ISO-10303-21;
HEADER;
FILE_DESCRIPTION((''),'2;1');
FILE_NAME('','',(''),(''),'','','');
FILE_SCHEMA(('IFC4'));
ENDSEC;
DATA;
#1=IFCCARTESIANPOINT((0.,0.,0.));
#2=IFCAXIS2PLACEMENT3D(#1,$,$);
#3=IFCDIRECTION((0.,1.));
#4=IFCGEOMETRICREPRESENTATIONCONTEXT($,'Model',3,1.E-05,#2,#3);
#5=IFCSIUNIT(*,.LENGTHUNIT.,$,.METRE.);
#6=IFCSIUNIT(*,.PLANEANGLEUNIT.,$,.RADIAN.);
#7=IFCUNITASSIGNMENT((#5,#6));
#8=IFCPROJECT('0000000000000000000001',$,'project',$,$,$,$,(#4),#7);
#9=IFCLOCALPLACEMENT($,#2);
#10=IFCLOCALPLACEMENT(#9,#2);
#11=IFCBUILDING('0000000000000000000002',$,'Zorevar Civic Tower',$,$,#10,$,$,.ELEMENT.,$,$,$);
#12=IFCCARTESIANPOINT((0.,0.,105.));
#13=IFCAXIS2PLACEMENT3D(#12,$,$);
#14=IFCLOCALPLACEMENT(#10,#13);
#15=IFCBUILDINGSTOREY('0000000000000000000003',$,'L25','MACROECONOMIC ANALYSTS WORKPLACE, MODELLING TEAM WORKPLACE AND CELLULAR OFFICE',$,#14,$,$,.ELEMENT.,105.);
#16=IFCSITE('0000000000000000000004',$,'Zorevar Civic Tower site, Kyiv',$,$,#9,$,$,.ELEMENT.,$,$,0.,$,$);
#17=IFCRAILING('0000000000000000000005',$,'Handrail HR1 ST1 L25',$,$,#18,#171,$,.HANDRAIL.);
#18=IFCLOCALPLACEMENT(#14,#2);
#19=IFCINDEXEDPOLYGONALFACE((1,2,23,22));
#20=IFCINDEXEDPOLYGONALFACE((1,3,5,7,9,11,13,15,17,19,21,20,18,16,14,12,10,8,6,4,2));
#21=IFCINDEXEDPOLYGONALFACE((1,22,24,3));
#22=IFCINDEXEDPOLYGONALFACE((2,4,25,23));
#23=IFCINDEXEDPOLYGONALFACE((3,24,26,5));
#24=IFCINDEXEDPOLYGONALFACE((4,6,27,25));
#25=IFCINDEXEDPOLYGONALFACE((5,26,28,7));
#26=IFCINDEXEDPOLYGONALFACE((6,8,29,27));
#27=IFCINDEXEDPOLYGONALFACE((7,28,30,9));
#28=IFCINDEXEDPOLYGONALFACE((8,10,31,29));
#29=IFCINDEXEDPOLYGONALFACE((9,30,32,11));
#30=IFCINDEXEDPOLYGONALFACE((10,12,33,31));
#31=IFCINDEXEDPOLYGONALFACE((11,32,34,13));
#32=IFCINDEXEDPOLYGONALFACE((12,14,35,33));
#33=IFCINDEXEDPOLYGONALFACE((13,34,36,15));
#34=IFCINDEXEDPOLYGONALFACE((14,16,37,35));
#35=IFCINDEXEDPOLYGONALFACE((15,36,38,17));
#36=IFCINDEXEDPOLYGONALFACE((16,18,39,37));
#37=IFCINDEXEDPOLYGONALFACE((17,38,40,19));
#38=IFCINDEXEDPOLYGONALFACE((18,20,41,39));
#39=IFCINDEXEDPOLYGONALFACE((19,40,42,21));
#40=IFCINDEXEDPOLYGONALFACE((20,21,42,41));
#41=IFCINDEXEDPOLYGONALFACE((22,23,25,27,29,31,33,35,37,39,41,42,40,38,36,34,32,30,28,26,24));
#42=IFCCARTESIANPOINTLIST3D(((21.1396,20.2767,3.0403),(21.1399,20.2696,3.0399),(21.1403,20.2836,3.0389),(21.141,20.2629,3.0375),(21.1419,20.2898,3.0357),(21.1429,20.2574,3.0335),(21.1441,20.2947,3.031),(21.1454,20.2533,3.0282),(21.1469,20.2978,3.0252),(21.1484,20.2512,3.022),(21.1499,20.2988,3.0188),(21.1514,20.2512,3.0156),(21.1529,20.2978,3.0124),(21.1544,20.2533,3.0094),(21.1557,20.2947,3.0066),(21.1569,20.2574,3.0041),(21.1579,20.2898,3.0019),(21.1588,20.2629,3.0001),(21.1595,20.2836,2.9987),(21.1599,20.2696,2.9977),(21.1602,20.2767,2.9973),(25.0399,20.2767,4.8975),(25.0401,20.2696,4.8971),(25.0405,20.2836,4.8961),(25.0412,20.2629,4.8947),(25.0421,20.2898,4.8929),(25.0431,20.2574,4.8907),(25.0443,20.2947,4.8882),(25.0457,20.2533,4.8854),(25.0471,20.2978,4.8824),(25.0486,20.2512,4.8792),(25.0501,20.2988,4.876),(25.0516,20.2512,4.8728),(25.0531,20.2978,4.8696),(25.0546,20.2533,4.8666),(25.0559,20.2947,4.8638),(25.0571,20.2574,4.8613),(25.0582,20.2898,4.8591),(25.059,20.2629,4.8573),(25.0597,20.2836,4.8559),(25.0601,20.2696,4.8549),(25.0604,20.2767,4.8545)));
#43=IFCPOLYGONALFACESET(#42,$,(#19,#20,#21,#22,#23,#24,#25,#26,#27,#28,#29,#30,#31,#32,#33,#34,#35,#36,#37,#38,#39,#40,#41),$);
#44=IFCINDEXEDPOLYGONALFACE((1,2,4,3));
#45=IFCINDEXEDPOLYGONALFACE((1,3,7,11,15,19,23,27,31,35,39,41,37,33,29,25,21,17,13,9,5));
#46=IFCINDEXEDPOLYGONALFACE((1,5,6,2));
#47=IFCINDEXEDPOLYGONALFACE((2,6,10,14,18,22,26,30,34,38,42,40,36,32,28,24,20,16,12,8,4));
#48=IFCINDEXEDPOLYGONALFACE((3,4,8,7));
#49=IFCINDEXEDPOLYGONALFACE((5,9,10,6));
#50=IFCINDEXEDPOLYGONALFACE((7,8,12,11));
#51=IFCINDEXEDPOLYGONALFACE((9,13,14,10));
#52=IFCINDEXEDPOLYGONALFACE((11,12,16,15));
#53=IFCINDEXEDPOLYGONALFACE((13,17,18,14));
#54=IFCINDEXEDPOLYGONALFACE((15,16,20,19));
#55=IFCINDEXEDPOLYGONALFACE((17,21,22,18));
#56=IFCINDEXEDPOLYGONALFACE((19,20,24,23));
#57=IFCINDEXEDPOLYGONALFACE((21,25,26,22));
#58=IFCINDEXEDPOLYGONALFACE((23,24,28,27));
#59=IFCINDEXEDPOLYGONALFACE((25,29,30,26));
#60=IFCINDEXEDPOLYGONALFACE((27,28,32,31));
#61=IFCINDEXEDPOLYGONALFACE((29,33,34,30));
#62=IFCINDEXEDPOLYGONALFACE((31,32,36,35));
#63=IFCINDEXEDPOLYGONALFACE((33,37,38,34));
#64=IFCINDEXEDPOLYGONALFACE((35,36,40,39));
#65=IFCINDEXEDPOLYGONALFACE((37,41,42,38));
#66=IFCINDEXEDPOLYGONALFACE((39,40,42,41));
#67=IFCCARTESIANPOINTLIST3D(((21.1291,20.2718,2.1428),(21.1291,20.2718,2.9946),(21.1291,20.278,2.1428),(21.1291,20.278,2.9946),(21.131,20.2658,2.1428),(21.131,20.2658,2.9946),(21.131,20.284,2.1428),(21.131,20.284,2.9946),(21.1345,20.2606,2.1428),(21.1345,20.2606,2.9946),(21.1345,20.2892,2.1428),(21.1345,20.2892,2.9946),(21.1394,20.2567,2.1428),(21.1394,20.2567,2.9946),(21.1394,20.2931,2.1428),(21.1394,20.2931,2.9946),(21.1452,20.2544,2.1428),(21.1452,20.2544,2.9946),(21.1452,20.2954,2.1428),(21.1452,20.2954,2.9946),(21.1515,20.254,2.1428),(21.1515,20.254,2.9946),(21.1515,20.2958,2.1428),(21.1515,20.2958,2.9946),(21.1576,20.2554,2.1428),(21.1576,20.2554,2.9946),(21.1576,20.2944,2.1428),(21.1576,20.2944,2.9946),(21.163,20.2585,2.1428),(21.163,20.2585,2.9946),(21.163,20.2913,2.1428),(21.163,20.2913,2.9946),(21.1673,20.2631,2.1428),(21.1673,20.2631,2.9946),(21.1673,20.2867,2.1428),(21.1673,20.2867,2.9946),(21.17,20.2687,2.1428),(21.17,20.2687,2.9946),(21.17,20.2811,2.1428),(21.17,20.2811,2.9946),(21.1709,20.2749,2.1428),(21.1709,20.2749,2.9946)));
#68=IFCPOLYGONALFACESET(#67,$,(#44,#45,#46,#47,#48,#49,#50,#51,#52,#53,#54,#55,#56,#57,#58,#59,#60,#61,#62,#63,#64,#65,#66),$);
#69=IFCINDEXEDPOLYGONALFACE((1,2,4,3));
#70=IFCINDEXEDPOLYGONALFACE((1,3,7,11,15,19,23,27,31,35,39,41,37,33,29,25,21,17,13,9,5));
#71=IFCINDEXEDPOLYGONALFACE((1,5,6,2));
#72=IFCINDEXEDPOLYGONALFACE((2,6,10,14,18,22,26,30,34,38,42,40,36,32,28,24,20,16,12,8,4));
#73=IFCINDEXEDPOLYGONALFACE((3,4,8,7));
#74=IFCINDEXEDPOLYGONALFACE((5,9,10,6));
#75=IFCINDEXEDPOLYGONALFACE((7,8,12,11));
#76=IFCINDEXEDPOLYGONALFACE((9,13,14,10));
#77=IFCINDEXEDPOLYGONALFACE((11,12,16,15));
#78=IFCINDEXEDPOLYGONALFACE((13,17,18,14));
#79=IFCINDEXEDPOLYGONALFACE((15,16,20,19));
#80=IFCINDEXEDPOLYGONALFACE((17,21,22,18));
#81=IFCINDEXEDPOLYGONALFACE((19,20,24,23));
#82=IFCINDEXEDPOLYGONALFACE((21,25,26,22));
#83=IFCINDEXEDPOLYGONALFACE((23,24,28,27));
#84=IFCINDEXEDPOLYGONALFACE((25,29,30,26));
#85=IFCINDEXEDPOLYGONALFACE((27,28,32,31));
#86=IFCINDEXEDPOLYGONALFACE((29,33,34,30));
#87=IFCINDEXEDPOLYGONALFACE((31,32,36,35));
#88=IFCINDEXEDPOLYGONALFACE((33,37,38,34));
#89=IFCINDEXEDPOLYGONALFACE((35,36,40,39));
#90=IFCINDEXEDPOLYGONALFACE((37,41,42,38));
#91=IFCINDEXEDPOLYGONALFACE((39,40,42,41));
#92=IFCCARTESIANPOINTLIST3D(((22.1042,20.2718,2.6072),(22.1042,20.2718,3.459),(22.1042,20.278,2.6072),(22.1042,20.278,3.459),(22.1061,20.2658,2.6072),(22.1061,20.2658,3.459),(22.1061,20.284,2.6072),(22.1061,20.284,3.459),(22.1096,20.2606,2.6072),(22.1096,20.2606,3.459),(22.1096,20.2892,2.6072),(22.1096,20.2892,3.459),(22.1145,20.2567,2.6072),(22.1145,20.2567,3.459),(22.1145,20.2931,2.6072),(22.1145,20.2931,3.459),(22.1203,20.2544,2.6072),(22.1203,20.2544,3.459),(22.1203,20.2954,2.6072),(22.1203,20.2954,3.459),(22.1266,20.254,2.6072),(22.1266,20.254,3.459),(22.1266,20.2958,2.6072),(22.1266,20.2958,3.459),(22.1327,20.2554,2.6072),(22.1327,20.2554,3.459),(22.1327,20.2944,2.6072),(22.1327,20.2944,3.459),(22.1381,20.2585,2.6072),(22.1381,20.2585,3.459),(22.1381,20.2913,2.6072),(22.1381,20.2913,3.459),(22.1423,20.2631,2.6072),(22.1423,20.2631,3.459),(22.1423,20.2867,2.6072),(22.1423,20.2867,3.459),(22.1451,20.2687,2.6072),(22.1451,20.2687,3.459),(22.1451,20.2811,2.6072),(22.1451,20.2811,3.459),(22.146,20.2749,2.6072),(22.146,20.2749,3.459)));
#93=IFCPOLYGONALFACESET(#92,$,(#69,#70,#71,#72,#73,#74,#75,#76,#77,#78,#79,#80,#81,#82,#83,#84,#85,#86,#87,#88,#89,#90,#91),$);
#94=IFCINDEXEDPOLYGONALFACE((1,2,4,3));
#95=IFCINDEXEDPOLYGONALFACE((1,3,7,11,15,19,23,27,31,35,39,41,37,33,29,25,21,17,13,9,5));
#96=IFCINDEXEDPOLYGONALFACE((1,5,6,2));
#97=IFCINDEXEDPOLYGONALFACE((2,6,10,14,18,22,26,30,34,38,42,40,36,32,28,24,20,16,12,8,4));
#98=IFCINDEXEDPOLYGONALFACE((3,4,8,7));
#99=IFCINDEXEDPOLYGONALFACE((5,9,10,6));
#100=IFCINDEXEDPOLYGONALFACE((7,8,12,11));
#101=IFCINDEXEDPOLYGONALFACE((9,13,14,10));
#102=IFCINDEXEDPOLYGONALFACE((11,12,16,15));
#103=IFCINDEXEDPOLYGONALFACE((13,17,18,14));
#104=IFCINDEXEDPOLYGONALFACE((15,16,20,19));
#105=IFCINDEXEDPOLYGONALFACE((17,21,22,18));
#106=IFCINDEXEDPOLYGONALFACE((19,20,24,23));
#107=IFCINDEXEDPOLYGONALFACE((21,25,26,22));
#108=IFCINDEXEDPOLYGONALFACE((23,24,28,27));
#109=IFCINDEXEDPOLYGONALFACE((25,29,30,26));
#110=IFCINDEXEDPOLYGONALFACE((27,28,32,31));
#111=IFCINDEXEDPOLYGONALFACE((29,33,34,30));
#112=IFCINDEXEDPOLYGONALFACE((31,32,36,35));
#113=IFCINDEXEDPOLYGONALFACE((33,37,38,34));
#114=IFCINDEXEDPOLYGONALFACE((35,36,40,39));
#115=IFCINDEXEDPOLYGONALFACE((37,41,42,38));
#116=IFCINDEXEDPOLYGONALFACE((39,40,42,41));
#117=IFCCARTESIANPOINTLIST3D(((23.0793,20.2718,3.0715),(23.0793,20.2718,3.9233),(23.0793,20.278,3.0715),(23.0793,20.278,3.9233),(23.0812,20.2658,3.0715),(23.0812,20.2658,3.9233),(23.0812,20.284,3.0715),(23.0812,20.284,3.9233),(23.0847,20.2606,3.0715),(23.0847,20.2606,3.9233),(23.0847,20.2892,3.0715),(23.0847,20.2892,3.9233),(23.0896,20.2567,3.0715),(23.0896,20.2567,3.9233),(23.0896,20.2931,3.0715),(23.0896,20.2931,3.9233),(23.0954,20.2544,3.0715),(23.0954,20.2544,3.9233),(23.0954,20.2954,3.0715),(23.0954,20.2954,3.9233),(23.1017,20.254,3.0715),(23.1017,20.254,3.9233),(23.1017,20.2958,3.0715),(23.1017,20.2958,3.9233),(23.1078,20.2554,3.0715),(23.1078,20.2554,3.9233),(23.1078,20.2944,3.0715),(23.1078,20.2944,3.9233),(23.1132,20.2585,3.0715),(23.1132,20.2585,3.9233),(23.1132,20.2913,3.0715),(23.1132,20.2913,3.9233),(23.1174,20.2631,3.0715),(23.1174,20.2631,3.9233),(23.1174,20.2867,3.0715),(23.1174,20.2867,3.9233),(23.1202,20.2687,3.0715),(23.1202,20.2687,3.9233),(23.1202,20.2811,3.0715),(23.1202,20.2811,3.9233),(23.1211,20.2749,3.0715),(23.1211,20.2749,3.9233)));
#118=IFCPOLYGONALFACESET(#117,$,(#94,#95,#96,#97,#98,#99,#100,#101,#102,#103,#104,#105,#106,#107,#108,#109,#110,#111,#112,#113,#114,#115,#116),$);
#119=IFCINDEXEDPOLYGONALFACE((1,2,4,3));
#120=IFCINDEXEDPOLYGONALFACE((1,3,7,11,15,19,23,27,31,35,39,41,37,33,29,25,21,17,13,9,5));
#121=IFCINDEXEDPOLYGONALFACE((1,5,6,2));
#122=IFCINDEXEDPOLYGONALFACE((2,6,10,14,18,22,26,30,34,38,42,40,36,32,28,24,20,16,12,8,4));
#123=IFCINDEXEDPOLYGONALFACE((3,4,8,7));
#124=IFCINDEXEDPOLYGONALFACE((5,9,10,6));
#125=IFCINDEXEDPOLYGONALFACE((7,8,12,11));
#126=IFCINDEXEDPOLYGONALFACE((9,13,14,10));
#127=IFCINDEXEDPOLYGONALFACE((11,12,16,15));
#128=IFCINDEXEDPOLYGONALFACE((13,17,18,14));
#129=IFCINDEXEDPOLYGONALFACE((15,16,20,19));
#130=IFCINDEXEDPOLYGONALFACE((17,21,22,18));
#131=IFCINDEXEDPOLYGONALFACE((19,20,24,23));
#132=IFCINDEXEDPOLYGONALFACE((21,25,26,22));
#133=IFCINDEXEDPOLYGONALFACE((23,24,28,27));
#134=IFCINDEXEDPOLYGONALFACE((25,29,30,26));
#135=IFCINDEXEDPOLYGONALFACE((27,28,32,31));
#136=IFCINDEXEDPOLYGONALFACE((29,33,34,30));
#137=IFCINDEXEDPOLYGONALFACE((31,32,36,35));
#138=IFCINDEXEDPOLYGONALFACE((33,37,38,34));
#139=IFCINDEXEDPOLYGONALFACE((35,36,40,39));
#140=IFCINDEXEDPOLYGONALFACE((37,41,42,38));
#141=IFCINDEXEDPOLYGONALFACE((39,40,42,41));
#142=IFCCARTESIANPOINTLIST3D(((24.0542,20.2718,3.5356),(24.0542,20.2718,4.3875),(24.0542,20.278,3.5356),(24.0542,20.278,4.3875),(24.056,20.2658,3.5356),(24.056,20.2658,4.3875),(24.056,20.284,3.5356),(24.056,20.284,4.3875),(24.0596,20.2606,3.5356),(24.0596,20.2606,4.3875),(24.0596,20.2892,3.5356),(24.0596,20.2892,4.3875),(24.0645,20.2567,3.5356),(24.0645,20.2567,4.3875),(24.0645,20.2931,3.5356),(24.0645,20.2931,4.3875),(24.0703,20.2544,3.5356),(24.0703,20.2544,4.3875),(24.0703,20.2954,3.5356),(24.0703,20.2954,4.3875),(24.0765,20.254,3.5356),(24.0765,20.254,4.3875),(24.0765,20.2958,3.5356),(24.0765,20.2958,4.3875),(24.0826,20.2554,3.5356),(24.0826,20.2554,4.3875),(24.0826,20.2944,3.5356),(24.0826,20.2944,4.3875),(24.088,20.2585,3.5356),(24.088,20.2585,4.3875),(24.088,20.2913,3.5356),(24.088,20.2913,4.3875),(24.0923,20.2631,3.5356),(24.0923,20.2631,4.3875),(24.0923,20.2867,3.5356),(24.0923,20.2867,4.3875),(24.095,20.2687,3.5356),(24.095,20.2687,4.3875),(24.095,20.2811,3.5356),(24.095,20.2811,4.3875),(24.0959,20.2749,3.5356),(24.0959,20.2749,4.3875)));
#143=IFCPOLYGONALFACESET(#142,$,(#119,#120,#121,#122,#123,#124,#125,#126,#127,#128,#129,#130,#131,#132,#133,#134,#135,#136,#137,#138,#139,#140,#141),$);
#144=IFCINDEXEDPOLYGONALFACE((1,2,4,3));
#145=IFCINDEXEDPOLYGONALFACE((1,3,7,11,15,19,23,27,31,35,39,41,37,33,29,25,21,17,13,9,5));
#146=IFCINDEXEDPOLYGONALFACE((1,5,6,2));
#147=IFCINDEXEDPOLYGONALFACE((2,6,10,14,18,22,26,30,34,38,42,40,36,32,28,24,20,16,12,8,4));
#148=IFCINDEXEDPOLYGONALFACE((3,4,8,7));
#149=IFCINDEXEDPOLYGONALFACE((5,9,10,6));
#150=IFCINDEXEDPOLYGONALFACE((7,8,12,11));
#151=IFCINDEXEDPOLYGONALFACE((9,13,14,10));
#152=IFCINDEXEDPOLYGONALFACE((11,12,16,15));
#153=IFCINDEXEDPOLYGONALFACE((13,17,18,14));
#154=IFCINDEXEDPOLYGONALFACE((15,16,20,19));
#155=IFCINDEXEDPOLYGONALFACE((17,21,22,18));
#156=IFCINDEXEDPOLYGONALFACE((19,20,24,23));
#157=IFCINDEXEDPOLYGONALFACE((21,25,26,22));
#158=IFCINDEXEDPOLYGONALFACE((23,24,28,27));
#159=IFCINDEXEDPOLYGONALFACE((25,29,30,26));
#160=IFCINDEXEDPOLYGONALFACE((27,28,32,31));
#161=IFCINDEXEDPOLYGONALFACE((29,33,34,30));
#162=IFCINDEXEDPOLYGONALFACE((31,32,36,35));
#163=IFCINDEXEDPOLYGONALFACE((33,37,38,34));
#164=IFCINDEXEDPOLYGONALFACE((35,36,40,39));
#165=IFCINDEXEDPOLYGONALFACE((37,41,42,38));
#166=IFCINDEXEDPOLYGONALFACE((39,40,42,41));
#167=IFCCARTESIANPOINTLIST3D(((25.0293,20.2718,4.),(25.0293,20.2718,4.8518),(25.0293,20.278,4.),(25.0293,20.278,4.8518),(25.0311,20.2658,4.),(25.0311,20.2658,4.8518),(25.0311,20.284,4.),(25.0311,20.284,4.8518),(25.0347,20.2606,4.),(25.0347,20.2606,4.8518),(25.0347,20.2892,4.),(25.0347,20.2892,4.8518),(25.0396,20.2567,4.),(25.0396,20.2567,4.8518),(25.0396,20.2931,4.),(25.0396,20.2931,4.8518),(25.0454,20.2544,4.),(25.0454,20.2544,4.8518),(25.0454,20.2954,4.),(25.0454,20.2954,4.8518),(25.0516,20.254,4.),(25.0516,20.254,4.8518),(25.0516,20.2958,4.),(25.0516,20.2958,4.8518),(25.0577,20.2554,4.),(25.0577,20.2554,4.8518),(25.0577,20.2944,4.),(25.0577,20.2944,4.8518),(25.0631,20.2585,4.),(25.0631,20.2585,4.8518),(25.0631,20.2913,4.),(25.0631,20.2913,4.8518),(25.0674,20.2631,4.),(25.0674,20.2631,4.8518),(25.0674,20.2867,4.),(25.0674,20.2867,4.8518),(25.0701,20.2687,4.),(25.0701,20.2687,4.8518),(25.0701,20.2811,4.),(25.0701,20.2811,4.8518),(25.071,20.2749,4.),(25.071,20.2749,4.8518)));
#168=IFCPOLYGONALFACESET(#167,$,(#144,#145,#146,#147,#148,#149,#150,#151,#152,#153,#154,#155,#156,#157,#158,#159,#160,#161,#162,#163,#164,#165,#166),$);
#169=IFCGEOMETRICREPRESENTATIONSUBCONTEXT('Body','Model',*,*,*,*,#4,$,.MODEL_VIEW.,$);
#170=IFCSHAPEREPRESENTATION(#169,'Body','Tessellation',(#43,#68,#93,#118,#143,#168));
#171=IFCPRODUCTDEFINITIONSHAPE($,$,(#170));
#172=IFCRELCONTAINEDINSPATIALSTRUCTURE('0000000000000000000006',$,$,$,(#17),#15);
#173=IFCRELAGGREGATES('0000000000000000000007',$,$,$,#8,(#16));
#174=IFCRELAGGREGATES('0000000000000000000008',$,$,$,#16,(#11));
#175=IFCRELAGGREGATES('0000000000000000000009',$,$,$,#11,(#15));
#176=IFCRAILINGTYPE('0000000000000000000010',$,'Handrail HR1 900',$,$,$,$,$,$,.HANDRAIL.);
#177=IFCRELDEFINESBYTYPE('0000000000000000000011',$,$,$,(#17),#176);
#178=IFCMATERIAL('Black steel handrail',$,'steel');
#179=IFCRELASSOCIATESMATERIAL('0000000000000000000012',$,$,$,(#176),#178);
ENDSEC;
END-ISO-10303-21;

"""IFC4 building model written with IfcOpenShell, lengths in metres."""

from ifc_helpers import new_model, si_unit, direction, frame, origin, origin_2d, place, context, subcontext, project, spatial, circle, extrude, material, type_object, element, save


model = new_model("IFC4")

# Units and contexts
model_context = context("Model", 3, precision=1e-05, world=origin(), true_north=direction((0.0, 1.0)))
body_context = subcontext(model_context, "Body", "Model", "MODEL_VIEW")
ifc_project = project(units=[si_unit("LENGTHUNIT", "METRE"), si_unit("PLANEANGLEUNIT", "RADIAN")], contexts=[model_context])

# Site, building, storey
site_placement = place(None, origin())
site = spatial("IfcSite", under=ifc_project, at=site_placement, Name="Zorevar Civic Tower site, Kyiv", CompositionType="ELEMENT", RefElevation=0.0)
building_placement = place(site_placement, origin())
building = spatial("IfcBuilding", under=site, at=building_placement, Name="Zorevar Civic Tower", CompositionType="ELEMENT")
storey_placement = place(building_placement, frame((0.0, 0.0, 105.0)))
storey = spatial("IfcBuildingStorey", under=building, at=storey_placement, Name="L25", Description="MACROECONOMIC ANALYSTS WORKPLACE, MODELLING TEAM WORKPLACE AND CELLULAR OFFICE", CompositionType="ELEMENT", Elevation=105.0)

# Railing
ifc_material_1 = material(Name="Black steel handrail", Category="steel")
railing_type = type_object("IfcRailingType", Name="Handrail HR1 900", PredefinedType="HANDRAIL", material=ifc_material_1)
railing_1_placement = place(storey_placement, frame((21.1499, 20.2749, 2.1428)))
element("IfcRailing", 1, at=railing_1_placement, inside=storey, type_object=railing_type, Name="Handrail HR1 ST1 L25", PredefinedType="HANDRAIL", context=body_context, shape_type="SweptSolid", body=[
    extrude(circle(Radius=0.0239, at=origin_2d()), frame((0.0, 0.0, 0.876), z_axis=(0.902864, 0.0, 0.429927), x_axis=(0.0, 1.0, 0.0)), (0.0, 0.0, 1.0), 4.3198),
    extrude(circle(Radius=0.021, at=origin_2d()), origin(), (0.0, 0.0, 1.0), 0.8518),
    extrude(circle(Radius=0.021, at=origin_2d()), frame((0.9751, 0.0, 0.4644)), (0.0, 0.0, 1.0), 0.8518),
    extrude(circle(Radius=0.021, at=origin_2d()), frame((1.9502, 0.0, 0.9287)), (0.0, 0.0, 1.0), 0.8518),
    extrude(circle(Radius=0.021, at=origin_2d()), frame((2.925, 0.0, 1.3928)), (0.0, 0.0, 1.0), 0.8518),
    extrude(circle(Radius=0.021, at=origin_2d()), frame((3.9001, 0.0, 1.8572)), (0.0, 0.0, 1.0), 0.8518),
])

save(model, "model.ifc")
